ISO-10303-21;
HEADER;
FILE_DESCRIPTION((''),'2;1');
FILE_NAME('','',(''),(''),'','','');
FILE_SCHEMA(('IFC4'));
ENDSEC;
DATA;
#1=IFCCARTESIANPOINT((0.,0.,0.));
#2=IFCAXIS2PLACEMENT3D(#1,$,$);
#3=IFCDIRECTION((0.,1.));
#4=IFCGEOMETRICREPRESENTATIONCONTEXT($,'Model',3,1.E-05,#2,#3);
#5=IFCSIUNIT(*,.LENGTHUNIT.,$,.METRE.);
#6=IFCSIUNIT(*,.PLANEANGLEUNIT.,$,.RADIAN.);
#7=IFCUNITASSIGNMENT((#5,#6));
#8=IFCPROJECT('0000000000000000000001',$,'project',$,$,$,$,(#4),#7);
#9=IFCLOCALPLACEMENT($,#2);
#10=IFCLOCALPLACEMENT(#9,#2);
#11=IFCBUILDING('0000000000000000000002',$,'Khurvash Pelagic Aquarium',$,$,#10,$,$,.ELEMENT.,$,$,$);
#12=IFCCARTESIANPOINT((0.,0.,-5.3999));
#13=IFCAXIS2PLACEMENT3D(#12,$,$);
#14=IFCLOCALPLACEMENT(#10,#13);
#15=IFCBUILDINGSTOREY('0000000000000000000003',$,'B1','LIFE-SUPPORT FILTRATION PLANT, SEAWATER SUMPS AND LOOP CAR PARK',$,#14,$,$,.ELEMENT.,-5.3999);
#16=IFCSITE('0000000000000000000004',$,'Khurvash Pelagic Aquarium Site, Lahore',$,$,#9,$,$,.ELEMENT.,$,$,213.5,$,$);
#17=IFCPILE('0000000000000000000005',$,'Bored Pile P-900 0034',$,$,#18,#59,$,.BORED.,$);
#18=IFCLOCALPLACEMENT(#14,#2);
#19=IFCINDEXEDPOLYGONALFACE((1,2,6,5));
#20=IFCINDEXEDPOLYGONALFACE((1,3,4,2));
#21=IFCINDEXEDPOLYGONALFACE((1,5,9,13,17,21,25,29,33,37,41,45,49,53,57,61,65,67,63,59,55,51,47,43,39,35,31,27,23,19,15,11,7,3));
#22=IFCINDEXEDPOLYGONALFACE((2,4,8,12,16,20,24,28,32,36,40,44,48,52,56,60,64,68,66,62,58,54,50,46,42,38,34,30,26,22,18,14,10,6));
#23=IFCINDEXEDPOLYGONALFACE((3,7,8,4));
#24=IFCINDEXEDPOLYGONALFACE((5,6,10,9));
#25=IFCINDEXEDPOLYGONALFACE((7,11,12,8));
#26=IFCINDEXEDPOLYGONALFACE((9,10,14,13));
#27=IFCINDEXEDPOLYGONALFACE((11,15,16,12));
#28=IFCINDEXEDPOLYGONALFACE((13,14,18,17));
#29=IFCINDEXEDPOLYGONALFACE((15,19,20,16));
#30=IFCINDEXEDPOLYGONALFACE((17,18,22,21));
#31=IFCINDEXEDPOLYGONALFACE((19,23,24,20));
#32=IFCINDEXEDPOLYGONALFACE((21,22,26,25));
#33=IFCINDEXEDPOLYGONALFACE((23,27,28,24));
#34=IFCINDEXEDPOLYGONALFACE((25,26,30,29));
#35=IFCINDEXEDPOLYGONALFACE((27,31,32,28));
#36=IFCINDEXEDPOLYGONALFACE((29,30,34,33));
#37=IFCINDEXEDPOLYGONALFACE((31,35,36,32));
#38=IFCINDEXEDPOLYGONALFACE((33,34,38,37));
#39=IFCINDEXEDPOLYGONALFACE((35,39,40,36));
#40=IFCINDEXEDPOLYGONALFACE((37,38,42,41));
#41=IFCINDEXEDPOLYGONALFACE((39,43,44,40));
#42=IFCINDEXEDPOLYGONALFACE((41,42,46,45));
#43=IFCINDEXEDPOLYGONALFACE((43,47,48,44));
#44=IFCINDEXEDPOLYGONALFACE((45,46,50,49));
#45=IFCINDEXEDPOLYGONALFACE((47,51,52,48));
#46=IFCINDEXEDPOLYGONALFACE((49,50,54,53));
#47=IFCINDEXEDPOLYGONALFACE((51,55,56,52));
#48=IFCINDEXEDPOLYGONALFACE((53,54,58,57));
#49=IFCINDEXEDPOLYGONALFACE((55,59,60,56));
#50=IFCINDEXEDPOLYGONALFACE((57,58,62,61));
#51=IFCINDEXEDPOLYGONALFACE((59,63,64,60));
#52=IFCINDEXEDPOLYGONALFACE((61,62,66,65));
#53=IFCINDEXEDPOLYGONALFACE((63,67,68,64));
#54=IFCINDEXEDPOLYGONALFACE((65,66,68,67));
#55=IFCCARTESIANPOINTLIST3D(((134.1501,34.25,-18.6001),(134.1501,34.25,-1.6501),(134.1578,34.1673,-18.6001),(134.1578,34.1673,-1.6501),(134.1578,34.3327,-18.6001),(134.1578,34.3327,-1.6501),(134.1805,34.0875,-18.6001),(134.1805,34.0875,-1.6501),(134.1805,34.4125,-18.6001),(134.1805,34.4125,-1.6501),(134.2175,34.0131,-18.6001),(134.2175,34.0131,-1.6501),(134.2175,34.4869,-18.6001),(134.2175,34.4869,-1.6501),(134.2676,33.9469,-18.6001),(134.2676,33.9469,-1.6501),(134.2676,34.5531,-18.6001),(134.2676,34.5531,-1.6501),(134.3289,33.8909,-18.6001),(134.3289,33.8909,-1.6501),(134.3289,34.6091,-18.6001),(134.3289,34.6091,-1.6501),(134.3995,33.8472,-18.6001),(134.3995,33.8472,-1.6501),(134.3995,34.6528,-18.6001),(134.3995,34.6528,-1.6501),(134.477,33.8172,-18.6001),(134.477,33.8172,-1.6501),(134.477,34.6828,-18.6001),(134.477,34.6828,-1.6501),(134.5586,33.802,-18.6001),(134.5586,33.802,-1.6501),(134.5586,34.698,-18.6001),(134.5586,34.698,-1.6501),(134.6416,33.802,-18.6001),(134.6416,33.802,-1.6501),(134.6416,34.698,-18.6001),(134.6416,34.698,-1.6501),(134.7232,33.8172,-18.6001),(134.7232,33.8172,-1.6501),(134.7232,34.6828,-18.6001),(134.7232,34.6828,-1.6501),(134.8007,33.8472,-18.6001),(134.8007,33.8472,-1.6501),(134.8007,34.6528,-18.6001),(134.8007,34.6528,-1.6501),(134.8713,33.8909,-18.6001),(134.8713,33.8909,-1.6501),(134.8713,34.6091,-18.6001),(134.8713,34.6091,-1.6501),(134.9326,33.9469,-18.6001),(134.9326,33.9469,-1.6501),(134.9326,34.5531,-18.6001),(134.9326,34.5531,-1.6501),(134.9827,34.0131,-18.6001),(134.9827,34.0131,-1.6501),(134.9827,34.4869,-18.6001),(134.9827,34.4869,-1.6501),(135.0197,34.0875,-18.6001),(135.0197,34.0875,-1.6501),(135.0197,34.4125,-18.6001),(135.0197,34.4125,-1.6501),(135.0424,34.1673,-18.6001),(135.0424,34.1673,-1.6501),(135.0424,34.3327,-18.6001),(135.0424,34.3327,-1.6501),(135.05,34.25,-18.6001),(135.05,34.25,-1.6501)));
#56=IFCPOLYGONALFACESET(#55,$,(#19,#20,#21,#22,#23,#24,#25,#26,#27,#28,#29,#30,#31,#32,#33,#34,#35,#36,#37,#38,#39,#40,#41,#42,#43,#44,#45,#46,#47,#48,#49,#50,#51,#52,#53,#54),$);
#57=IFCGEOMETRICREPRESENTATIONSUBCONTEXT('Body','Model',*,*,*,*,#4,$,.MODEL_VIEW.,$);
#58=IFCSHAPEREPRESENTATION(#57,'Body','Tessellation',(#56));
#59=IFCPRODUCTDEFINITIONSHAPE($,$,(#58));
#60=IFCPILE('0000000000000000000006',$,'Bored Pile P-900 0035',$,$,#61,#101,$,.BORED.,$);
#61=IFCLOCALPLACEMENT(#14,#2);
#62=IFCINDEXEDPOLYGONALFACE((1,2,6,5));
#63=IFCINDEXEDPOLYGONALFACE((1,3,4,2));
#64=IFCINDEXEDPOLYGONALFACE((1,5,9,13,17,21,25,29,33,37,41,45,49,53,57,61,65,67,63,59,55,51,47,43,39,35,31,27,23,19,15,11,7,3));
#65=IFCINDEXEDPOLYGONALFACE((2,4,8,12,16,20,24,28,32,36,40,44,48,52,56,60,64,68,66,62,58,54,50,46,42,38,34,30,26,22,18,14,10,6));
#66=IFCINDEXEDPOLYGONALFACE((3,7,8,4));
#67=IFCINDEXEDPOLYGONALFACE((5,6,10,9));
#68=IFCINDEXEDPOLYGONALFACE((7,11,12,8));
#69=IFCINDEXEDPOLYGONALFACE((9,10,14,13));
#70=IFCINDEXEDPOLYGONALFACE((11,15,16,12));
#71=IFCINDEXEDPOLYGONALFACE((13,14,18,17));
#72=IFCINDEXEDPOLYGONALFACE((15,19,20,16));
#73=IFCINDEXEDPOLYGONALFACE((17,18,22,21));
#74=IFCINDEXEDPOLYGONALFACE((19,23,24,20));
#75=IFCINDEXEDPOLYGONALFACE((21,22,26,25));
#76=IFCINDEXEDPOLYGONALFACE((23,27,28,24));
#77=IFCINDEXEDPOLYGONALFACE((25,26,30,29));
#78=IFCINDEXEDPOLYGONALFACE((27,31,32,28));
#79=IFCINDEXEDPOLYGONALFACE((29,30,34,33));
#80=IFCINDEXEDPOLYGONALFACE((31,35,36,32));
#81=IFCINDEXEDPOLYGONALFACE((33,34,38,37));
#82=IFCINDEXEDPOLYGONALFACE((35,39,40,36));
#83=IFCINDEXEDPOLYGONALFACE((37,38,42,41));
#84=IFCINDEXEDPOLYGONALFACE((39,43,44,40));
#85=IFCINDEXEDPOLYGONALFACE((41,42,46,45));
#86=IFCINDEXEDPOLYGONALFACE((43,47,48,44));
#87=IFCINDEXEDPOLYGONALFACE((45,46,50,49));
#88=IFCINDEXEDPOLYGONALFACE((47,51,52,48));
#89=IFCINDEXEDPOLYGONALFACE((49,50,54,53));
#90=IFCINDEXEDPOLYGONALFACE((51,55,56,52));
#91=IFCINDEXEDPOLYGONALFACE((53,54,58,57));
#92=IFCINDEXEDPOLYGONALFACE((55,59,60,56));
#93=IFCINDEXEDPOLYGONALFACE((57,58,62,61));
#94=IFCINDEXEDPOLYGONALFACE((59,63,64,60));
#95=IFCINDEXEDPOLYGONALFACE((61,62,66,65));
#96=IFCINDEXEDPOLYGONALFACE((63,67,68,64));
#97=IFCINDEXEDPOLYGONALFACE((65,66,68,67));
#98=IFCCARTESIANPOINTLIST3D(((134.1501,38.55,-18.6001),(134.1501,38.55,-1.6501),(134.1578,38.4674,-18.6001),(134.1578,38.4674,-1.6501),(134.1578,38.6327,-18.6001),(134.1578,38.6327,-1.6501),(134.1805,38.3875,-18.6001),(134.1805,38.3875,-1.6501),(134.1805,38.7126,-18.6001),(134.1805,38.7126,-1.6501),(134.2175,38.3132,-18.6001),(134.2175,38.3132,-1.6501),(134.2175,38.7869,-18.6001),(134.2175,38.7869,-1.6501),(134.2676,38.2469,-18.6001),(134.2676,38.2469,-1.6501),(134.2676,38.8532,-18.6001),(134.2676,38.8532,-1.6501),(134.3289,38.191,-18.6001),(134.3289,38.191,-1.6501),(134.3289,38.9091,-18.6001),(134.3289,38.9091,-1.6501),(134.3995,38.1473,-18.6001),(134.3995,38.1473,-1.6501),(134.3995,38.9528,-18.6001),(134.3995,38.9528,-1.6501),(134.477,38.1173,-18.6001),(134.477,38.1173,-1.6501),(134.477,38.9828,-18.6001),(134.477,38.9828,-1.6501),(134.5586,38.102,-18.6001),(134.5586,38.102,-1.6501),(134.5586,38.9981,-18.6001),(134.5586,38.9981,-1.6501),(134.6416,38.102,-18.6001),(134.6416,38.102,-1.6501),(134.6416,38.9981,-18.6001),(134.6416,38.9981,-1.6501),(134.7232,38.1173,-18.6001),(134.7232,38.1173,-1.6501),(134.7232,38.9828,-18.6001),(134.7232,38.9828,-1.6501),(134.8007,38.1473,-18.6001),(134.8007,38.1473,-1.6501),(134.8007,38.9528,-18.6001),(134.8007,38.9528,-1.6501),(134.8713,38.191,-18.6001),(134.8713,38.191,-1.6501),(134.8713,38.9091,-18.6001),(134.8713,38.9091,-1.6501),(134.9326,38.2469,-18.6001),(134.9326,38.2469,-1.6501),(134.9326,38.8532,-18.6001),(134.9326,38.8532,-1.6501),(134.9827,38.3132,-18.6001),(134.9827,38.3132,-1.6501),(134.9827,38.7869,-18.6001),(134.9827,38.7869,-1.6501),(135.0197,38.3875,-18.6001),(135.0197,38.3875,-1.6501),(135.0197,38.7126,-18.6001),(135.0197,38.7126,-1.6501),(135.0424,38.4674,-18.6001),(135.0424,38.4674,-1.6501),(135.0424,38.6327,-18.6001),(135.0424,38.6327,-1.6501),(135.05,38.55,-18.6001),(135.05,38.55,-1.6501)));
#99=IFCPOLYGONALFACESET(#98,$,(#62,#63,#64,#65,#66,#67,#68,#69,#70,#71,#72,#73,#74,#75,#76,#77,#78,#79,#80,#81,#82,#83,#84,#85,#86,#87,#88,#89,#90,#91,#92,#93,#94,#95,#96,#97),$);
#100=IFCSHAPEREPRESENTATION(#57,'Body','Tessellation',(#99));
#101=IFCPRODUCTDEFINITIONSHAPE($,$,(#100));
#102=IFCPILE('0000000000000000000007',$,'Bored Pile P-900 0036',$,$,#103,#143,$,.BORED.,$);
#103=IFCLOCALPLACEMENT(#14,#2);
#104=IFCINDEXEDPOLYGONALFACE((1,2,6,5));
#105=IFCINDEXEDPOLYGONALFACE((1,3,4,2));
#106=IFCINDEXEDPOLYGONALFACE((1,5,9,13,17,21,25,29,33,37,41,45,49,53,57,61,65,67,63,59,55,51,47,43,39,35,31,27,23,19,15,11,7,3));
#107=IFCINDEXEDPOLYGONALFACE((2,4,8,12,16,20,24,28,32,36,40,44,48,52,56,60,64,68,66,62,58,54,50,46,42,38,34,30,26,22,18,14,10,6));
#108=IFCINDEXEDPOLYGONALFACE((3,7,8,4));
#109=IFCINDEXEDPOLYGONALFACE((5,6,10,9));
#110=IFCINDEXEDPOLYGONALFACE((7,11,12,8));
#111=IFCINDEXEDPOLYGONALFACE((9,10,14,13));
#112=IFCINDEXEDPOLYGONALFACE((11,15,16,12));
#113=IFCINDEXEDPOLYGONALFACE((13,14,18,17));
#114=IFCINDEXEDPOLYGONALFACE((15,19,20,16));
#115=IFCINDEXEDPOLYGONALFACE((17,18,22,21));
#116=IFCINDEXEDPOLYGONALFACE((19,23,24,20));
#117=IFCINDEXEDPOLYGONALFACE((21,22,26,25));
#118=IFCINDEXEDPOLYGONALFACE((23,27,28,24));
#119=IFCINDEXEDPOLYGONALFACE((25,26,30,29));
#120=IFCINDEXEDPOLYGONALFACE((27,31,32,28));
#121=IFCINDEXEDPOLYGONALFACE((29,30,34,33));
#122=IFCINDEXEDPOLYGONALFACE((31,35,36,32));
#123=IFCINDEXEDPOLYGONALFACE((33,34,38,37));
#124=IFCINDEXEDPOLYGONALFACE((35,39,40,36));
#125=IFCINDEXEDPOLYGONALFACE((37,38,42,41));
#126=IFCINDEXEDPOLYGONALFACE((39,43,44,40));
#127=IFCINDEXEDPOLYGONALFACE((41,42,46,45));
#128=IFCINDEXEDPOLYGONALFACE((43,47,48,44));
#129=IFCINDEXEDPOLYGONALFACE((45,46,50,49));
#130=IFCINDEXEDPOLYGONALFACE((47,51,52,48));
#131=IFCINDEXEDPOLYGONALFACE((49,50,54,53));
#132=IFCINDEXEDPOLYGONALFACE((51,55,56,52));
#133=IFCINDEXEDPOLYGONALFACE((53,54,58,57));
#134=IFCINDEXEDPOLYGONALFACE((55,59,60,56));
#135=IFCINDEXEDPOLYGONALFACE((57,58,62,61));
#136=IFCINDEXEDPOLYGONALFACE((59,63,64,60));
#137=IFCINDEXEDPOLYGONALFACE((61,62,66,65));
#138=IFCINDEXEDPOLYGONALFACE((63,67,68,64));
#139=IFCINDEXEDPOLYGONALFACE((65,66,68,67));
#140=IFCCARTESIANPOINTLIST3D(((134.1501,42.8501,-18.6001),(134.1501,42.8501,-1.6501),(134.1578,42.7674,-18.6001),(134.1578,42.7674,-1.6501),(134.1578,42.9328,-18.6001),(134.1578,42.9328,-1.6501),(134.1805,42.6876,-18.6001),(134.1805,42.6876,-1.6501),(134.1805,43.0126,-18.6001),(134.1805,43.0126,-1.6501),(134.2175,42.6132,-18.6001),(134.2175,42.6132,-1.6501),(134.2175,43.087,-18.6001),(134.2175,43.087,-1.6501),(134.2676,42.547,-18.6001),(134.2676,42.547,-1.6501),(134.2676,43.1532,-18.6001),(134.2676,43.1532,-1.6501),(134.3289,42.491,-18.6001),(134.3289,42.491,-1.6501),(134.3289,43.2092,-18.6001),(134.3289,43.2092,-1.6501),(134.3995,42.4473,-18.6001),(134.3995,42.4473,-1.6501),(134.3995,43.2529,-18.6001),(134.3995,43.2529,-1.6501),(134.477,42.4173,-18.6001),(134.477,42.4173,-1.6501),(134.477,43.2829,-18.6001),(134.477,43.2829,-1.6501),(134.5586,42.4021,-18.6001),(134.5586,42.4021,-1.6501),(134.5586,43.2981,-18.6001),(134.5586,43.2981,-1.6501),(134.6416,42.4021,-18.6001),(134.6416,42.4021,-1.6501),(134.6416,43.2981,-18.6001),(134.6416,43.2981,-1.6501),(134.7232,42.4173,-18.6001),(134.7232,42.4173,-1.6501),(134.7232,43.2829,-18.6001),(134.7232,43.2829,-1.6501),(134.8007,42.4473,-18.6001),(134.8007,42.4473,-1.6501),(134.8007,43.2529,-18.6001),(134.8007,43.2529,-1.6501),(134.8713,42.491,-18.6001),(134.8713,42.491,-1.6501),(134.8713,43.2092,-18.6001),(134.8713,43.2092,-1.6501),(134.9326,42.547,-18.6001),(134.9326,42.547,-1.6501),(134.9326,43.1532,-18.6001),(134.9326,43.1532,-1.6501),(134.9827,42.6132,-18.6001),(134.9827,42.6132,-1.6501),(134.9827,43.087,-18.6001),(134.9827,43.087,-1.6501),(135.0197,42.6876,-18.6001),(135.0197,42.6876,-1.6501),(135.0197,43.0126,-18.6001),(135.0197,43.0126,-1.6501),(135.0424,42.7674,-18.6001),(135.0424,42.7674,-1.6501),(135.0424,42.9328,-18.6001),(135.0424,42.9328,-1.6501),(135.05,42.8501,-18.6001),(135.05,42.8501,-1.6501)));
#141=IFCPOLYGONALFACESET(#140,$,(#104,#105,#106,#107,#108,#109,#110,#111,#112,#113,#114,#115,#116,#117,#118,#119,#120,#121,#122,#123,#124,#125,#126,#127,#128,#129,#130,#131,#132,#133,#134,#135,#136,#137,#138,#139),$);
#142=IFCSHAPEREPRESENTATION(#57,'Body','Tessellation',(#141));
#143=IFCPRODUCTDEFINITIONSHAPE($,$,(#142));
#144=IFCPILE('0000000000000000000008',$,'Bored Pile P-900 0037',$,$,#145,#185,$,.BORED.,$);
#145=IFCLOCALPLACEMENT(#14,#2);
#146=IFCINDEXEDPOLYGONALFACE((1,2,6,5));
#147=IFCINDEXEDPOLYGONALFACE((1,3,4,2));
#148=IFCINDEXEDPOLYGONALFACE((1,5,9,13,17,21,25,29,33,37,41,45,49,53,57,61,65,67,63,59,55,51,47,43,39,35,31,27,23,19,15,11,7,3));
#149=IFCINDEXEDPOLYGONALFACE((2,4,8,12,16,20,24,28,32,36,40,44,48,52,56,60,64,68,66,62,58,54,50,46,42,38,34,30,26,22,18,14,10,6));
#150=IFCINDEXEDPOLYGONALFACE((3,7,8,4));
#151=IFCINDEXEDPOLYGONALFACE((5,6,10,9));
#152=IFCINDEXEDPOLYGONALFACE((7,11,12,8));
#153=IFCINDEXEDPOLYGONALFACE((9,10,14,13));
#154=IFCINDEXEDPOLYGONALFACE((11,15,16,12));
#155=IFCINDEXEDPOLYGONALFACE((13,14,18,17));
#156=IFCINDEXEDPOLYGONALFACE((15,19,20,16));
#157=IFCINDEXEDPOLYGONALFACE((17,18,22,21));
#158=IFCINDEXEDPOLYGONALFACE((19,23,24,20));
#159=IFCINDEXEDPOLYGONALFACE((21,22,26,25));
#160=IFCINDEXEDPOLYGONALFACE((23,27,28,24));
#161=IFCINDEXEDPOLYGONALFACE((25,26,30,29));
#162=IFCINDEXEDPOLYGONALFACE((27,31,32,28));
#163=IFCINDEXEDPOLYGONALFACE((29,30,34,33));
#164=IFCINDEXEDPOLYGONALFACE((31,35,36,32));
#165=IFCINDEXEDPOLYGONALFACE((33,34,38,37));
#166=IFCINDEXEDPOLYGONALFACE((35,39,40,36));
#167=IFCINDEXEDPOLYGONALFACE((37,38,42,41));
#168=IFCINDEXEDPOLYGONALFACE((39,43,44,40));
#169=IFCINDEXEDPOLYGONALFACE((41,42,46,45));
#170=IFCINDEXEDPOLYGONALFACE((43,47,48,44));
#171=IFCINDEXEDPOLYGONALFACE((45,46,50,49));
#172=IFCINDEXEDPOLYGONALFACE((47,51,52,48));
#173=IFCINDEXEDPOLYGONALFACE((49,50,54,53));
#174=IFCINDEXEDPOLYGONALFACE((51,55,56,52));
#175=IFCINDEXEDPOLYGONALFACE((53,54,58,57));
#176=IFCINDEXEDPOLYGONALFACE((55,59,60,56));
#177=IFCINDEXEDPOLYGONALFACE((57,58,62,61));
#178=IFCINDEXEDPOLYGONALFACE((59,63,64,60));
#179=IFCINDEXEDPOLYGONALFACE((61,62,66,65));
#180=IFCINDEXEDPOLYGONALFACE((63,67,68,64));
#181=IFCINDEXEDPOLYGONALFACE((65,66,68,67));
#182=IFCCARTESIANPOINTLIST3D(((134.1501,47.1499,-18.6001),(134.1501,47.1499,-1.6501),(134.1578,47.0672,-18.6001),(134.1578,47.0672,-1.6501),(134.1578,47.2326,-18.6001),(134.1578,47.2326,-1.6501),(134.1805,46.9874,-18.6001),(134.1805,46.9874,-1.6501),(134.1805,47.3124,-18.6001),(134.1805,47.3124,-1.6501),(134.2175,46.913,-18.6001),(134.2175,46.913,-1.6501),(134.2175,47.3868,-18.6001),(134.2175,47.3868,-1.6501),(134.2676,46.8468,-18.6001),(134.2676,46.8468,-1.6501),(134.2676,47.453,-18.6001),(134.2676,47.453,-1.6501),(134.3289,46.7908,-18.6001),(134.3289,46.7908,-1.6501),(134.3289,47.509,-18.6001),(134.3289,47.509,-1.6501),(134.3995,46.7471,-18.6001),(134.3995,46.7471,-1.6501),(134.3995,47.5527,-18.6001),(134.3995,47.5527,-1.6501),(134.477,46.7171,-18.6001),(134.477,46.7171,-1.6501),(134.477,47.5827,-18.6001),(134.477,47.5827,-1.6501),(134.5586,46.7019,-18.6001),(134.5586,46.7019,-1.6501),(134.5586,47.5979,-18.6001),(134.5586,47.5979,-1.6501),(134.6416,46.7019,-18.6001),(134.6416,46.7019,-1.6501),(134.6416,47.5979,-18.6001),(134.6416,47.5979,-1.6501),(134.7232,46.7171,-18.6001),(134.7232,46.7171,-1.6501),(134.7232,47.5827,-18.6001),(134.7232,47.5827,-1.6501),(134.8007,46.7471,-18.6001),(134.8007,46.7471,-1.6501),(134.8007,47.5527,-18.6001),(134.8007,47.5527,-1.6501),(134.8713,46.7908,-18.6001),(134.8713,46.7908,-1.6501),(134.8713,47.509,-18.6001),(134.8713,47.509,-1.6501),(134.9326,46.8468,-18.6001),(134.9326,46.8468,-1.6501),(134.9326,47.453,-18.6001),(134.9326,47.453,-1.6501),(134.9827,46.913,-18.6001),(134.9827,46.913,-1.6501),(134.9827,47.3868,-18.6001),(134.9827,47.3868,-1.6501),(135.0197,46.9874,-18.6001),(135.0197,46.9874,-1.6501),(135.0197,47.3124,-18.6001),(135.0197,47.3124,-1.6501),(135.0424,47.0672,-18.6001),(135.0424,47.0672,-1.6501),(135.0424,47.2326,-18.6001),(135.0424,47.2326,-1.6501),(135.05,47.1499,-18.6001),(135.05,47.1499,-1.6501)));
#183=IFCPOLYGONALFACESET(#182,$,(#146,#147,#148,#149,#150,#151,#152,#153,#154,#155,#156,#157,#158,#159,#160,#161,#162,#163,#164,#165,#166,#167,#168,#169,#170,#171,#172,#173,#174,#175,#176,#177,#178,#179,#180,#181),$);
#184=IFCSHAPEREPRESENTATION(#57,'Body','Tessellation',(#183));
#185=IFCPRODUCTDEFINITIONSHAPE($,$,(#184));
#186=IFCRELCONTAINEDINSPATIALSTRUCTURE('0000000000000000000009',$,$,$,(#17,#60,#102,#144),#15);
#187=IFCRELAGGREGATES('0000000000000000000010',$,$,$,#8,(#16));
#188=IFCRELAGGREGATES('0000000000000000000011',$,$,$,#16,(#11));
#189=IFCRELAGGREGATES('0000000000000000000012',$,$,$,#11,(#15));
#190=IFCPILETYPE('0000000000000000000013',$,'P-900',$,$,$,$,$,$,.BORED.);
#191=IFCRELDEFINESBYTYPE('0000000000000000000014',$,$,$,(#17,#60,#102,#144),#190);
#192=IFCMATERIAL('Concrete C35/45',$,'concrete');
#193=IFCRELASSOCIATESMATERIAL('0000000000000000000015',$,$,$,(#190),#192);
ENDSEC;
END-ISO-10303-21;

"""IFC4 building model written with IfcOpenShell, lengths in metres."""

from ifc_helpers import new_model, si_unit, direction, frame, origin, origin_2d, place, context, subcontext, project, spatial, circle, extrude, material, material_profile, profile_set, type_object, element, save


model = new_model("IFC4")

# Units and contexts
model_context = context("Model", 3, precision=1e-05, world=origin(), true_north=direction((0.0, 1.0)))
body_context = subcontext(model_context, "Body", "Model", "MODEL_VIEW")
ifc_project = project(units=[si_unit("LENGTHUNIT", "METRE"), si_unit("PLANEANGLEUNIT", "RADIAN")], contexts=[model_context])

# Site, building, storey
site_placement = place(None, origin())
site = spatial("IfcSite", under=ifc_project, at=site_placement, Name="Khurvash Pelagic Aquarium Site, Lahore", CompositionType="ELEMENT", RefElevation=213.5)
building_placement = place(site_placement, origin())
building = spatial("IfcBuilding", under=site, at=building_placement, Name="Khurvash Pelagic Aquarium", CompositionType="ELEMENT")
storey_placement = place(building_placement, frame((0.0, 0.0, -5.3999)))
storey = spatial("IfcBuildingStorey", under=building, at=storey_placement, Name="B1", Description="LIFE-SUPPORT FILTRATION PLANT, SEAWATER SUMPS AND LOOP CAR PARK", CompositionType="ELEMENT", Elevation=-5.3999)

# Piles
ifc_material_1 = material(Name="Concrete C35/45", Category="concrete")
ifc_material_profile_1 = material_profile(ifc_material_1, circle(Radius=0.45, at=origin_2d()), Name="PILE900")
ifc_profile_set_1 = profile_set([ifc_material_profile_1], Name="Concrete C35/45")
pile_type_1 = type_object("IfcPileType", Name="P-900", PredefinedType="BORED", material=ifc_profile_set_1)
for number, where, z_axis, x_axis, name in (
    (1, (134.6001, 34.25, -1.6501), (0.0, 0.0, -1.0), (1.0, 0.0, 0.0), "Bored Pile P-900 0034"),
    (2, (134.6001, 38.55, -1.6501), (0.0, 0.0, -1.0), (1.0, 0.0, 0.0), "Bored Pile P-900 0035"),
    (3, (134.6001, 42.8501, -1.6501), (0.0, 0.0, -1.0), (1.0, 0.0, 0.0), "Bored Pile P-900 0036"),
    (4, (134.6001, 47.1499, -1.6501), (0.0, 0.0, -1.0), (1.0, 0.0, 0.0), "Bored Pile P-900 0037"),
):
    element("IfcPile", number, at=place(storey_placement, frame(where, z_axis=z_axis, x_axis=x_axis)), inside=storey, type_object=pile_type_1, Name=name, PredefinedType="BORED", context=body_context, shape_type="SweptSolid", body=[
        extrude(circle(Radius=0.45, at=origin_2d()), origin(), (0.0, 0.0, 1.0), 16.95),
    ])

save(model, "model.ifc")
